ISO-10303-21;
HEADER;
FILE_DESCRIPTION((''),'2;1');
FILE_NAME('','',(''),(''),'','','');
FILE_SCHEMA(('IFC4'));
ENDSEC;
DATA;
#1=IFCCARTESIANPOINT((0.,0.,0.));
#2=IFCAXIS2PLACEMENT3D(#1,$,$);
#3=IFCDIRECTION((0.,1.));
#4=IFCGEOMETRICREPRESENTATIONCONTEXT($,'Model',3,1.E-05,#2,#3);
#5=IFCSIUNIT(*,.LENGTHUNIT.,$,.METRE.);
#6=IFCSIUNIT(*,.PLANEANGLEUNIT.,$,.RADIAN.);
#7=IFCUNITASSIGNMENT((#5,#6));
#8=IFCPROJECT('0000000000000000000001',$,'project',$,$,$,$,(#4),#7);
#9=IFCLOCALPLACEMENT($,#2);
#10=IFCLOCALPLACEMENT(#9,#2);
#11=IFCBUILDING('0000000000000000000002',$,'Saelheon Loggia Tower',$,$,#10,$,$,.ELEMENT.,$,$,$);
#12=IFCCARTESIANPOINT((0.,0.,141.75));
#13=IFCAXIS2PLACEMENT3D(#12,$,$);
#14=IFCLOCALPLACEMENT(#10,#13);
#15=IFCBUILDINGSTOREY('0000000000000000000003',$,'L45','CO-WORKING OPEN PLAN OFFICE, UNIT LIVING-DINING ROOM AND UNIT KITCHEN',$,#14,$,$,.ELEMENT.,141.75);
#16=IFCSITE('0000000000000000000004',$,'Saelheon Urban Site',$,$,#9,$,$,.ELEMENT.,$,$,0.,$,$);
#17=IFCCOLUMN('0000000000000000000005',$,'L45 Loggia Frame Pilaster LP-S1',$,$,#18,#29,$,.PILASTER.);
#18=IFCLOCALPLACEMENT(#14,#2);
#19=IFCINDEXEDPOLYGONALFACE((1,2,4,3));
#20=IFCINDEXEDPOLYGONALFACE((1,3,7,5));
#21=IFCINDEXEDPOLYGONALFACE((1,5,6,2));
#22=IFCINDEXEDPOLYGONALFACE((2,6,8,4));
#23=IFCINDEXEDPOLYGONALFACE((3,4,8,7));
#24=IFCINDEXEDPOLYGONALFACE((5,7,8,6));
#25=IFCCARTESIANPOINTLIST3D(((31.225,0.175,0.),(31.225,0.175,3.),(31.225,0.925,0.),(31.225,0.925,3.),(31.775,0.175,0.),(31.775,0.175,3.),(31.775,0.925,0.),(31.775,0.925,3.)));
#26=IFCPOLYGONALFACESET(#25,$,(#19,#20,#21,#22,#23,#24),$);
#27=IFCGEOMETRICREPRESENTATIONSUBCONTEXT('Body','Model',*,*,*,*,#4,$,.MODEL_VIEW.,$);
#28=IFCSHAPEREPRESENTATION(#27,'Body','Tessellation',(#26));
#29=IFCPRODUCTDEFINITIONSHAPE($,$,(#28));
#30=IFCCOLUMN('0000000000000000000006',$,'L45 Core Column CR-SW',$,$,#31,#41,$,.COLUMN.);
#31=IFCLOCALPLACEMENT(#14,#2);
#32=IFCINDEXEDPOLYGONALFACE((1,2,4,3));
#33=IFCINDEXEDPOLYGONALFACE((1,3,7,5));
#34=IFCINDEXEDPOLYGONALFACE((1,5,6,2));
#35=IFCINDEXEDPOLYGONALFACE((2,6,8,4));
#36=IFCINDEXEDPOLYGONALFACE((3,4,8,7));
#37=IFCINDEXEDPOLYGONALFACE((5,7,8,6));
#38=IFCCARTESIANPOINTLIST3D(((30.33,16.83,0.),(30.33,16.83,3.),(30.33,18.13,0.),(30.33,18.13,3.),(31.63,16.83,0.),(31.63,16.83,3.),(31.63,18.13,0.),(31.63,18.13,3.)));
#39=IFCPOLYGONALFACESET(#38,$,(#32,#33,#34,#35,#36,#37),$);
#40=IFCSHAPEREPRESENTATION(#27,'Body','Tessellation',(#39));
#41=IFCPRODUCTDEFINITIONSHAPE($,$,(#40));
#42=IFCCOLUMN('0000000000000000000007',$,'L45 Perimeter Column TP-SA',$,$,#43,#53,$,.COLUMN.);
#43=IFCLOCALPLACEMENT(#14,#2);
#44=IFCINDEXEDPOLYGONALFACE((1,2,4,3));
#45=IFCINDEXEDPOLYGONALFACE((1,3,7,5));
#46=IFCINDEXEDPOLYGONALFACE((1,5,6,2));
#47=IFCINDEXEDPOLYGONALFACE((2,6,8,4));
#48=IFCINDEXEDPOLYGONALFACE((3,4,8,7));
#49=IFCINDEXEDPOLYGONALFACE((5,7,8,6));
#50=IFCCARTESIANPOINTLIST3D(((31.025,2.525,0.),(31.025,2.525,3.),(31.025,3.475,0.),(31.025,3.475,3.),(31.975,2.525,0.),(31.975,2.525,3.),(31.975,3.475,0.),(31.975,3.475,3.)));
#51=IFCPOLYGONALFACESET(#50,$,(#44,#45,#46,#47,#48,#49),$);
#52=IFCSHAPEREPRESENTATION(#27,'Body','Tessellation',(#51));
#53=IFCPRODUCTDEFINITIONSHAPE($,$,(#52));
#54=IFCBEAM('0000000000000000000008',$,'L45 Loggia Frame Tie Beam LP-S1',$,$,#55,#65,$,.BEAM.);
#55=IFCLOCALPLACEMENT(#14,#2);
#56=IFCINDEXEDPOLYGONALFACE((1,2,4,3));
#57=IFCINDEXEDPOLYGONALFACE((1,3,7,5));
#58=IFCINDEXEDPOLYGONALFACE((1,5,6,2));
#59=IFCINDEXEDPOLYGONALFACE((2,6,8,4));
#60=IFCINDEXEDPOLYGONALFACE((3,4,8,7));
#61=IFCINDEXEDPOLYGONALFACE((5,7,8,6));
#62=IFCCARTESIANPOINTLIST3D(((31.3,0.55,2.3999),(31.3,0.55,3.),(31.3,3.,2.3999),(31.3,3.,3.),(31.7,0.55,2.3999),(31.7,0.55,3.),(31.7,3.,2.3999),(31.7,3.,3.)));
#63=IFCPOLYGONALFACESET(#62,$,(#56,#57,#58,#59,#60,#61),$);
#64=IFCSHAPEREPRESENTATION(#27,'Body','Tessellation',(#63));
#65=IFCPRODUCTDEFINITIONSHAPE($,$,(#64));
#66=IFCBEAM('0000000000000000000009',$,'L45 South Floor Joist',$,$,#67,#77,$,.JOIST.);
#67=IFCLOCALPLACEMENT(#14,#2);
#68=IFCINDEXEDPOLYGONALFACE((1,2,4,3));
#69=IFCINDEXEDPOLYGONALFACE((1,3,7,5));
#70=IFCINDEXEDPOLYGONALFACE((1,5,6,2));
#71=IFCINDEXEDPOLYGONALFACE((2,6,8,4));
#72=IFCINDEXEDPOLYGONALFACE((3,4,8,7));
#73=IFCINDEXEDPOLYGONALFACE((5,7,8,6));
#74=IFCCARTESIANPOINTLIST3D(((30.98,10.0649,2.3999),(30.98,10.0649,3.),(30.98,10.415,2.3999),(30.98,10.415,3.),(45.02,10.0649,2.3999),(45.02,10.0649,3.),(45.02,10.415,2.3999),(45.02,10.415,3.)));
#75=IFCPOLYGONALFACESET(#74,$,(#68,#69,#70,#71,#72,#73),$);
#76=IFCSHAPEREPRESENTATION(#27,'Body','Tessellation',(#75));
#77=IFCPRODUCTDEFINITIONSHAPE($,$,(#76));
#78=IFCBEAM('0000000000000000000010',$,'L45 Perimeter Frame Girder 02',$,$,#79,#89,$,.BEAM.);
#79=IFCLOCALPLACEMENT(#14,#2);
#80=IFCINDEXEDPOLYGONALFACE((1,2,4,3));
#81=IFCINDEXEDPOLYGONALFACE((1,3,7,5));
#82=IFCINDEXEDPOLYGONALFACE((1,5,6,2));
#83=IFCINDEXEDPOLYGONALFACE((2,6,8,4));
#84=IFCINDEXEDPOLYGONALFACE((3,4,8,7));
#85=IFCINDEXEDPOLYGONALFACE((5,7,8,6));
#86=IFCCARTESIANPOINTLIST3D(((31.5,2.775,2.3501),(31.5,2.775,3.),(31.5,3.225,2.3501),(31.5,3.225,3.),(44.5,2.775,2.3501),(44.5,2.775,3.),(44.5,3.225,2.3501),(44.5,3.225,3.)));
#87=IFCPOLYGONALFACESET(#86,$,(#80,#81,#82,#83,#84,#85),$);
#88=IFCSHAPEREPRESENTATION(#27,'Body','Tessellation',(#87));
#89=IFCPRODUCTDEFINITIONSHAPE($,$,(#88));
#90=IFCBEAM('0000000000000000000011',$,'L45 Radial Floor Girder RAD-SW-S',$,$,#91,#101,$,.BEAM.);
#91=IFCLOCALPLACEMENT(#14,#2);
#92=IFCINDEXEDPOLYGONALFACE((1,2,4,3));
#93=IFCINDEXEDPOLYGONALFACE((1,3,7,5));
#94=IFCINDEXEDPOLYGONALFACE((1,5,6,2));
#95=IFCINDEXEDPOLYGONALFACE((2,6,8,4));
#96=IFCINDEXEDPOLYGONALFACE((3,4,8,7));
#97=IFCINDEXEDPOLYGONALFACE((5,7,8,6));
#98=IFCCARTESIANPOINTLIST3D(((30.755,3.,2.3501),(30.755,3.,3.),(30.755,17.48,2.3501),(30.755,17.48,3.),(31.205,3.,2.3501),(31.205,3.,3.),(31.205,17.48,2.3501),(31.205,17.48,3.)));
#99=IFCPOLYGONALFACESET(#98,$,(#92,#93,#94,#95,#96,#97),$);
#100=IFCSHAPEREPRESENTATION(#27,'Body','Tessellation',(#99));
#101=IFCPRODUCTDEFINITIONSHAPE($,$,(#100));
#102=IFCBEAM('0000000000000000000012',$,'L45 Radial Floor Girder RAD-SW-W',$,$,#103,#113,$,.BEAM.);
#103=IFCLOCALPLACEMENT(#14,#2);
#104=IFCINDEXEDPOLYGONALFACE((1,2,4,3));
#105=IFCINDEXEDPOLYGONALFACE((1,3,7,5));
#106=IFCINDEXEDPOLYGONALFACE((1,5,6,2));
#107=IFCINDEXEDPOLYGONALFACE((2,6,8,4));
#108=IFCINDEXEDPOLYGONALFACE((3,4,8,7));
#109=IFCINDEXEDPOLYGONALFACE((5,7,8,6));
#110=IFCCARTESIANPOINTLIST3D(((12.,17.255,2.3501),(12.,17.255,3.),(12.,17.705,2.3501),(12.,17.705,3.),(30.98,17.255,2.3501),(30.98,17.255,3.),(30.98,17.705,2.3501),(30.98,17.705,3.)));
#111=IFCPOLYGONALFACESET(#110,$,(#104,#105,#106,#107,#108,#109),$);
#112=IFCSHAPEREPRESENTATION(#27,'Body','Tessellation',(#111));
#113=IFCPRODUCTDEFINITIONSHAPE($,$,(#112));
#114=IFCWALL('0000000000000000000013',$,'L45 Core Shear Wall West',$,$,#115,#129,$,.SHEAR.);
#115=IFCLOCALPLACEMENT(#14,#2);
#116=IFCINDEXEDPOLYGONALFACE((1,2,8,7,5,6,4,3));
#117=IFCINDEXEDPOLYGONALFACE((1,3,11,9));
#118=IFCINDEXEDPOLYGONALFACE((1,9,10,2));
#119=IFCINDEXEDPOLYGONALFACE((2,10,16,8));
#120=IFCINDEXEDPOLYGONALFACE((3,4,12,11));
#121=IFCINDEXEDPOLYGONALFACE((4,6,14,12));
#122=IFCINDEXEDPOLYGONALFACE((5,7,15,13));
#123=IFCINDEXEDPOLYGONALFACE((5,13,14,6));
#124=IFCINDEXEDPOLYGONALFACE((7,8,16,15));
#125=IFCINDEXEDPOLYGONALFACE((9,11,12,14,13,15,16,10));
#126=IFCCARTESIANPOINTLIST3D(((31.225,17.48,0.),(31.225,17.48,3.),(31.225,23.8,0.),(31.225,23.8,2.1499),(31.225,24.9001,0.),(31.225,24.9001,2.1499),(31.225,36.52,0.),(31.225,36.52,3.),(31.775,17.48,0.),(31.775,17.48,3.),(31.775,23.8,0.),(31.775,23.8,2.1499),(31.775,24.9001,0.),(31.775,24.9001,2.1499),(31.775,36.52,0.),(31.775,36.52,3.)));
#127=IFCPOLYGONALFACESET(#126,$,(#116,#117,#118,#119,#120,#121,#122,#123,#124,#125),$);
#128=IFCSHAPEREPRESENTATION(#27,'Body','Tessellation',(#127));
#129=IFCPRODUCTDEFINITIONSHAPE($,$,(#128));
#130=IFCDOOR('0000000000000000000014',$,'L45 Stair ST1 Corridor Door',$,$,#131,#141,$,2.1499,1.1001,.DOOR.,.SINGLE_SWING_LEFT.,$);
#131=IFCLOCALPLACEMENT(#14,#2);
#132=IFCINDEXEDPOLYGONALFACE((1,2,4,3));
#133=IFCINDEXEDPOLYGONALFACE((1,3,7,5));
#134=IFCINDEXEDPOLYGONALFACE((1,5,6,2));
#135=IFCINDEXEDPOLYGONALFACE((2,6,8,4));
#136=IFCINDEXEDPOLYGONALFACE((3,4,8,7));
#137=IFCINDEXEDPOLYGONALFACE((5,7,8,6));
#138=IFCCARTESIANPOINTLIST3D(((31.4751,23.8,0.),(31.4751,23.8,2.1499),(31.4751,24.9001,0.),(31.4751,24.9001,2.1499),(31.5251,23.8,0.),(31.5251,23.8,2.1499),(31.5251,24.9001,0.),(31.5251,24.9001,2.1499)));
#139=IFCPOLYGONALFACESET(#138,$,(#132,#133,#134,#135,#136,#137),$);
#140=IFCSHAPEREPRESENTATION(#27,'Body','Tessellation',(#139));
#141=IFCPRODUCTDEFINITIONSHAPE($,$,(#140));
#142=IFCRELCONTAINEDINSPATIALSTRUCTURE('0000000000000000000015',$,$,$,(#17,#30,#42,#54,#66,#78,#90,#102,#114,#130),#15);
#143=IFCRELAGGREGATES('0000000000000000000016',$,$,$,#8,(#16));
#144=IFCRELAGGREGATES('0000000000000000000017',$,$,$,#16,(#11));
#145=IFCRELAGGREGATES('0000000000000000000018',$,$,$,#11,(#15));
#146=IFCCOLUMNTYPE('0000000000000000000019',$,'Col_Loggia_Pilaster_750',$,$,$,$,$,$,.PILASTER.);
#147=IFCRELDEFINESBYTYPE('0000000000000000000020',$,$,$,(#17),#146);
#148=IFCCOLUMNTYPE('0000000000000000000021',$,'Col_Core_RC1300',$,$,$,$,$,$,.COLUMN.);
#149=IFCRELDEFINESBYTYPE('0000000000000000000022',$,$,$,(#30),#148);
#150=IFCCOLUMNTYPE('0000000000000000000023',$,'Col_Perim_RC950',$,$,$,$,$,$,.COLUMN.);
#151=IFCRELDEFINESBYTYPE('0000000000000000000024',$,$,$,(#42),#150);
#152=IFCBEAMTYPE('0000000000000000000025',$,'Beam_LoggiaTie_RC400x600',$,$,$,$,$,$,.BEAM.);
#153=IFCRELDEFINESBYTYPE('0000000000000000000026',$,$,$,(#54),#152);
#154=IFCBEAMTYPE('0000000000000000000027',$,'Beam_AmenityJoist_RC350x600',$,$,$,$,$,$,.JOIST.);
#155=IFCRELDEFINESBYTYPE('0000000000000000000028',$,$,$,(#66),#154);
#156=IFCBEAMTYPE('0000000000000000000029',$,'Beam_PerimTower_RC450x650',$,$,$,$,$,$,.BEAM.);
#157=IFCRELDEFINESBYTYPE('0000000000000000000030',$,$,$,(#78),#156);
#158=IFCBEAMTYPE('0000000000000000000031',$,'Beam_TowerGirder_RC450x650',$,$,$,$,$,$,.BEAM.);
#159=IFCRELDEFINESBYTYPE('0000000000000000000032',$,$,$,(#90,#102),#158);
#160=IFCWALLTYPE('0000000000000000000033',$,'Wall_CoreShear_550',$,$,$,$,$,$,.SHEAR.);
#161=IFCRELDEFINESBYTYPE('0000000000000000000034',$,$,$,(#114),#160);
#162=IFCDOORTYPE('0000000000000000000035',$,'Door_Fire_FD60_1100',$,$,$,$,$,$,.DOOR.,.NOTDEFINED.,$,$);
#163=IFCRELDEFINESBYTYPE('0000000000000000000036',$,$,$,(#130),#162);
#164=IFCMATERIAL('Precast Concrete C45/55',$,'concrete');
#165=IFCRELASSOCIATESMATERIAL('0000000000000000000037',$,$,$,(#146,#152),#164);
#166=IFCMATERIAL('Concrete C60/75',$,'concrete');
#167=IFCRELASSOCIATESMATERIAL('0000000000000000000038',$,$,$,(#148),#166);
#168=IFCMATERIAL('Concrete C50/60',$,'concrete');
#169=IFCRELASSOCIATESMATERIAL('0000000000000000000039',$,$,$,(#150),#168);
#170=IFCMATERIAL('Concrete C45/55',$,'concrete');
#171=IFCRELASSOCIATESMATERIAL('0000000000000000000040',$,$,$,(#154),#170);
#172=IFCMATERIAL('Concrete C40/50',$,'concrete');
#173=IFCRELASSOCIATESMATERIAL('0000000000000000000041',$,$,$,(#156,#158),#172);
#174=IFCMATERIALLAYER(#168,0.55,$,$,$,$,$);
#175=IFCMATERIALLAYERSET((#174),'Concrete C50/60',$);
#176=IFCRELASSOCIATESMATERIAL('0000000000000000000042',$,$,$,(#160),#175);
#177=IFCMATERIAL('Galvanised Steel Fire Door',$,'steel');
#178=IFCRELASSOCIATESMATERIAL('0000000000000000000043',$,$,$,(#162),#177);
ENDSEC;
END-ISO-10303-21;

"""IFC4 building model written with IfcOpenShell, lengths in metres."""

from ifc_helpers import new_model, si_unit, direction, frame, frame_2d, origin, origin_2d, place, context, subcontext, project, spatial, rectangle, extrude, source, transform, mapped, material, layer, layer_set, material_profile, profile_set, type_object, element, fill, save


model = new_model("IFC4")

# Units and contexts
model_context = context("Model", 3, precision=1e-05, world=origin(), true_north=direction((0.0, 1.0)))
body_context = subcontext(model_context, "Body", "Model", "MODEL_VIEW")
ifc_project = project(units=[si_unit("LENGTHUNIT", "METRE"), si_unit("PLANEANGLEUNIT", "RADIAN")], contexts=[model_context])

# Site, building, storey
site_placement = place(None, origin())
site = spatial("IfcSite", under=ifc_project, at=site_placement, Name="Saelheon Urban Site", CompositionType="ELEMENT", RefElevation=0.0)
building_placement = place(site_placement, origin())
building = spatial("IfcBuilding", under=site, at=building_placement, Name="Saelheon Loggia Tower", CompositionType="ELEMENT")
storey_placement = place(building_placement, frame((0.0, 0.0, 141.75)))
storey = spatial("IfcBuildingStorey", under=building, at=storey_placement, Name="L45", Description="CO-WORKING OPEN PLAN OFFICE, UNIT LIVING-DINING ROOM AND UNIT KITCHEN", CompositionType="ELEMENT", Elevation=141.75)

# Columns
ifc_material_1 = material(Name="Precast Concrete C45/55", Category="concrete")
ifc_material_profile_1 = material_profile(ifc_material_1, rectangle(XDim=0.55, YDim=0.75, at=origin_2d()), Name="RC-550x750")
ifc_profile_set_1 = profile_set([ifc_material_profile_1], Name="Precast Concrete C45/55")
column_type_1 = type_object("IfcColumnType", Name="Col_Loggia_Pilaster_750", PredefinedType="PILASTER", material=ifc_profile_set_1)
shared_shape_1 = source(origin(), body_context, "Body", "SweptSolid", [
    extrude(rectangle(XDim=0.55, YDim=0.75, at=origin_2d()), origin(), (0.0, 0.0, 1.0), 3.0),
])
column_1_placement = place(storey_placement, frame((31.5, 0.55, 0.0), z_axis=(0.0, 0.0, 1.0), x_axis=(1.0, 0.0, 0.0)))
element("IfcColumn", 1, at=column_1_placement, inside=storey, type_object=column_type_1, Name="L45 Loggia Frame Pilaster LP-S1", PredefinedType="PILASTER", context=body_context, shape_type="MappedRepresentation", body=[
    mapped(shared_shape_1, transform((0.0, 0.0, 0.0), scale=1.0)),
])
ifc_material_2 = material(Name="Concrete C60/75", Category="concrete")
ifc_material_profile_2 = material_profile(ifc_material_2, rectangle(XDim=1.3, YDim=1.3, at=origin_2d()), Name="RC-1300x1300")
ifc_profile_set_2 = profile_set([ifc_material_profile_2], Name="Concrete C60/75")
column_type_2 = type_object("IfcColumnType", Name="Col_Core_RC1300", PredefinedType="COLUMN", material=ifc_profile_set_2)
shared_shape_2 = source(origin(), body_context, "Body", "SweptSolid", [
    extrude(rectangle(XDim=1.3, YDim=1.3, at=origin_2d()), origin(), (0.0, 0.0, 1.0), 3.0),
])
column_2_placement = place(storey_placement, frame((30.98, 17.48, 0.0), z_axis=(0.0, 0.0, 1.0), x_axis=(1.0, 0.0, 0.0)))
element("IfcColumn", 2, at=column_2_placement, inside=storey, type_object=column_type_2, Name="L45 Core Column CR-SW", PredefinedType="COLUMN", context=body_context, shape_type="MappedRepresentation", body=[
    mapped(shared_shape_2, transform((0.0, 0.0, 0.0), scale=1.0)),
])
ifc_material_3 = material(Name="Concrete C50/60", Category="concrete")
ifc_material_profile_3 = material_profile(ifc_material_3, rectangle(XDim=0.95, YDim=0.95, at=origin_2d()), Name="RC-950x950")
ifc_profile_set_3 = profile_set([ifc_material_profile_3], Name="Concrete C50/60")
column_type_3 = type_object("IfcColumnType", Name="Col_Perim_RC950", PredefinedType="COLUMN", material=ifc_profile_set_3)
shared_shape_3 = source(origin(), body_context, "Body", "SweptSolid", [
    extrude(rectangle(XDim=0.95, YDim=0.95, at=origin_2d()), origin(), (0.0, 0.0, 1.0), 3.0),
])
column_3_placement = place(storey_placement, frame((31.5, 3.0, 0.0), z_axis=(0.0, 0.0, 1.0), x_axis=(1.0, 0.0, 0.0)))
element("IfcColumn", 3, at=column_3_placement, inside=storey, type_object=column_type_3, Name="L45 Perimeter Column TP-SA", PredefinedType="COLUMN", context=body_context, shape_type="MappedRepresentation", body=[
    mapped(shared_shape_3, transform((0.0, 0.0, 0.0), scale=1.0)),
])

# Beams
ifc_material_profile_4 = material_profile(ifc_material_1, rectangle(XDim=0.3999, YDim=0.6001, at=origin_2d()), Name="RC-400x600")
ifc_profile_set_4 = profile_set([ifc_material_profile_4], Name="Precast Concrete C45/55")
beam_type_1 = type_object("IfcBeamType", Name="Beam_LoggiaTie_RC400x600", PredefinedType="BEAM", material=ifc_profile_set_4)
shared_shape_4 = source(origin(), body_context, "Body", "SweptSolid", [
    extrude(rectangle(XDim=0.3999, YDim=0.6001, at=origin_2d()), origin(), (0.0, 0.0, 1.0), 2.45),
])
beam_1_placement = place(storey_placement, frame((31.5, 3.0, 2.7), z_axis=(0.0, -1.0, 0.0), x_axis=(1.0, 0.0, 0.0)))
element("IfcBeam", 4, at=beam_1_placement, inside=storey, type_object=beam_type_1, Name="L45 Loggia Frame Tie Beam LP-S1", PredefinedType="BEAM", context=body_context, shape_type="MappedRepresentation", body=[
    mapped(shared_shape_4, transform((0.0, 0.0, 0.0), scale=1.0)),
])
ifc_material_4 = material(Name="Concrete C45/55", Category="concrete")
ifc_material_profile_5 = material_profile(ifc_material_4, rectangle(XDim=0.3501, YDim=0.6001, at=origin_2d()), Name="RC-350x600")
ifc_profile_set_5 = profile_set([ifc_material_profile_5], Name="Concrete C45/55")
beam_type_2 = type_object("IfcBeamType", Name="Beam_AmenityJoist_RC350x600", PredefinedType="JOIST", material=ifc_profile_set_5)
shared_shape_5 = source(origin(), body_context, "Body", "SweptSolid", [
    extrude(rectangle(XDim=0.3501, YDim=0.6001, at=origin_2d()), origin(), (0.0, 0.0, 1.0), 14.04),
])
beam_2_placement = place(storey_placement, frame((30.98, 10.24, 2.7), z_axis=(1.0, 0.0, 0.0), x_axis=(0.0, 1.0, 0.0)))
element("IfcBeam", 5, at=beam_2_placement, inside=storey, type_object=beam_type_2, Name="L45 South Floor Joist", PredefinedType="JOIST", context=body_context, shape_type="MappedRepresentation", body=[
    mapped(shared_shape_5, transform((0.0, 0.0, 0.0), scale=1.0)),
])
ifc_material_5 = material(Name="Concrete C40/50", Category="concrete")
ifc_material_profile_6 = material_profile(ifc_material_5, rectangle(XDim=0.45, YDim=0.6499, at=origin_2d()), Name="RC-450x650")
ifc_profile_set_6 = profile_set([ifc_material_profile_6], Name="Concrete C40/50")
beam_type_3 = type_object("IfcBeamType", Name="Beam_PerimTower_RC450x650", PredefinedType="BEAM", material=ifc_profile_set_6)
shared_shape_6 = source(origin(), body_context, "Body", "SweptSolid", [
    extrude(rectangle(XDim=0.45, YDim=0.6499, at=origin_2d()), origin(), (0.0, 0.0, 1.0), 13.0),
])
beam_3_placement = place(storey_placement, frame((31.5, 3.0, 2.675), z_axis=(1.0, 0.0, 0.0), x_axis=(0.0, 1.0, 0.0)))
element("IfcBeam", 6, at=beam_3_placement, inside=storey, type_object=beam_type_3, Name="L45 Perimeter Frame Girder 02", PredefinedType="BEAM", context=body_context, shape_type="MappedRepresentation", body=[
    mapped(shared_shape_6, transform((0.0, 0.0, 0.0), scale=1.0)),
])
ifc_material_profile_7 = material_profile(ifc_material_5, rectangle(XDim=0.45, YDim=0.6499, at=origin_2d()), Name="RC-450x650")
ifc_profile_set_7 = profile_set([ifc_material_profile_7], Name="Concrete C40/50")
beam_type_4 = type_object("IfcBeamType", Name="Beam_TowerGirder_RC450x650", PredefinedType="BEAM", material=ifc_profile_set_7)
shared_shape_7 = source(origin(), body_context, "Body", "SweptSolid", [
    extrude(rectangle(XDim=0.45, YDim=0.6499, at=origin_2d()), origin(), (0.0, 0.0, 1.0), 14.48),
])
beam_4_placement = place(storey_placement, frame((30.98, 17.48, 2.675), z_axis=(0.0, -1.0, 0.0), x_axis=(1.0, 0.0, 0.0)))
element("IfcBeam", 7, at=beam_4_placement, inside=storey, type_object=beam_type_4, Name="L45 Radial Floor Girder RAD-SW-S", PredefinedType="BEAM", context=body_context, shape_type="MappedRepresentation", body=[
    mapped(shared_shape_7, transform((0.0, 0.0, 0.0), scale=1.0)),
])
shared_shape_8 = source(origin(), body_context, "Body", "SweptSolid", [
    extrude(rectangle(XDim=0.45, YDim=0.6499, at=origin_2d()), origin(), (0.0, 0.0, 1.0), 18.98),
])
beam_5_placement = place(storey_placement, frame((30.98, 17.48, 2.675), z_axis=(-1.0, 0.0, 0.0), x_axis=(0.0, -1.0, 0.0)))
element("IfcBeam", 8, at=beam_5_placement, inside=storey, type_object=beam_type_4, Name="L45 Radial Floor Girder RAD-SW-W", PredefinedType="BEAM", context=body_context, shape_type="MappedRepresentation", body=[
    mapped(shared_shape_8, transform((0.0, 0.0, 0.0), scale=1.0)),
])

# Wall, opening, door
ifc_layer_1 = layer(ifc_material_3, 0.55)
ifc_layer_set_1 = layer_set([ifc_layer_1], Name="Concrete C50/60")
wall_type_1 = type_object("IfcWallType", Name="Wall_CoreShear_550", PredefinedType="SHEAR", material=ifc_layer_set_1)
wall_1_placement = place(storey_placement, frame((31.5, 17.48, 0.0), z_axis=(0.0, 0.0, 1.0), x_axis=(0.0, 1.0, 0.0)))
wall_1 = element("IfcWall", 9, at=wall_1_placement, inside=storey, type_object=wall_type_1, Name="L45 Core Shear Wall West", PredefinedType="SHEAR", context=body_context, shape_type="SweptSolid", body=[
    extrude(rectangle(XDim=19.04, YDim=0.55, at=frame_2d((9.52, 0.0))), origin(), (0.0, 0.0, 1.0), 3.0),
])
opening_1_placement = place(wall_1_placement, frame((6.3201, 0.0, 0.0)))
opening_1 = element("IfcOpeningElement", 10, at=opening_1_placement, cuts=wall_1, PredefinedType="OPENING", context=body_context, shape_type="SweptSolid", body=[
    extrude(rectangle(XDim=1.1001, YDim=2.1499, at=frame_2d((0.55, 1.075))), frame((0.0, 0.2871, 0.0), z_axis=(0.0, -1.0, 0.0), x_axis=(1.0, 0.0, 0.0)), (0.0, 0.0, 1.0), 0.574),
])
ifc_material_6 = material(Name="Galvanised Steel Fire Door", Category="steel")
door_type_1 = type_object("IfcDoorType", Name="Door_Fire_FD60_1100", OperationType="NOTDEFINED", PredefinedType="DOOR", material=ifc_material_6)
shared_shape_9 = source(origin(), body_context, "Body", "SweptSolid", [
    extrude(rectangle(XDim=1.1001, YDim=2.1499, at=frame_2d((0.55, 1.075))), frame((0.0, 0.0249, 0.0), z_axis=(0.0, -1.0, 0.0), x_axis=(1.0, 0.0, 0.0)), (0.0, 0.0, 1.0), 0.05),
])
door_1_placement = place(opening_1_placement, origin())
door_1 = element("IfcDoor", 11, at=door_1_placement, inside=storey, type_object=door_type_1, Name="L45 Stair ST1 Corridor Door", OperationType="SINGLE_SWING_LEFT", OverallHeight=2.1499, OverallWidth=1.1001, PredefinedType="DOOR", context=body_context, shape_type="MappedRepresentation", body=[
    mapped(shared_shape_9, transform((0.0, 0.0, 0.0), scale=1.0)),
])
fill(opening_1, door_1)

save(model, "model.ifc")
